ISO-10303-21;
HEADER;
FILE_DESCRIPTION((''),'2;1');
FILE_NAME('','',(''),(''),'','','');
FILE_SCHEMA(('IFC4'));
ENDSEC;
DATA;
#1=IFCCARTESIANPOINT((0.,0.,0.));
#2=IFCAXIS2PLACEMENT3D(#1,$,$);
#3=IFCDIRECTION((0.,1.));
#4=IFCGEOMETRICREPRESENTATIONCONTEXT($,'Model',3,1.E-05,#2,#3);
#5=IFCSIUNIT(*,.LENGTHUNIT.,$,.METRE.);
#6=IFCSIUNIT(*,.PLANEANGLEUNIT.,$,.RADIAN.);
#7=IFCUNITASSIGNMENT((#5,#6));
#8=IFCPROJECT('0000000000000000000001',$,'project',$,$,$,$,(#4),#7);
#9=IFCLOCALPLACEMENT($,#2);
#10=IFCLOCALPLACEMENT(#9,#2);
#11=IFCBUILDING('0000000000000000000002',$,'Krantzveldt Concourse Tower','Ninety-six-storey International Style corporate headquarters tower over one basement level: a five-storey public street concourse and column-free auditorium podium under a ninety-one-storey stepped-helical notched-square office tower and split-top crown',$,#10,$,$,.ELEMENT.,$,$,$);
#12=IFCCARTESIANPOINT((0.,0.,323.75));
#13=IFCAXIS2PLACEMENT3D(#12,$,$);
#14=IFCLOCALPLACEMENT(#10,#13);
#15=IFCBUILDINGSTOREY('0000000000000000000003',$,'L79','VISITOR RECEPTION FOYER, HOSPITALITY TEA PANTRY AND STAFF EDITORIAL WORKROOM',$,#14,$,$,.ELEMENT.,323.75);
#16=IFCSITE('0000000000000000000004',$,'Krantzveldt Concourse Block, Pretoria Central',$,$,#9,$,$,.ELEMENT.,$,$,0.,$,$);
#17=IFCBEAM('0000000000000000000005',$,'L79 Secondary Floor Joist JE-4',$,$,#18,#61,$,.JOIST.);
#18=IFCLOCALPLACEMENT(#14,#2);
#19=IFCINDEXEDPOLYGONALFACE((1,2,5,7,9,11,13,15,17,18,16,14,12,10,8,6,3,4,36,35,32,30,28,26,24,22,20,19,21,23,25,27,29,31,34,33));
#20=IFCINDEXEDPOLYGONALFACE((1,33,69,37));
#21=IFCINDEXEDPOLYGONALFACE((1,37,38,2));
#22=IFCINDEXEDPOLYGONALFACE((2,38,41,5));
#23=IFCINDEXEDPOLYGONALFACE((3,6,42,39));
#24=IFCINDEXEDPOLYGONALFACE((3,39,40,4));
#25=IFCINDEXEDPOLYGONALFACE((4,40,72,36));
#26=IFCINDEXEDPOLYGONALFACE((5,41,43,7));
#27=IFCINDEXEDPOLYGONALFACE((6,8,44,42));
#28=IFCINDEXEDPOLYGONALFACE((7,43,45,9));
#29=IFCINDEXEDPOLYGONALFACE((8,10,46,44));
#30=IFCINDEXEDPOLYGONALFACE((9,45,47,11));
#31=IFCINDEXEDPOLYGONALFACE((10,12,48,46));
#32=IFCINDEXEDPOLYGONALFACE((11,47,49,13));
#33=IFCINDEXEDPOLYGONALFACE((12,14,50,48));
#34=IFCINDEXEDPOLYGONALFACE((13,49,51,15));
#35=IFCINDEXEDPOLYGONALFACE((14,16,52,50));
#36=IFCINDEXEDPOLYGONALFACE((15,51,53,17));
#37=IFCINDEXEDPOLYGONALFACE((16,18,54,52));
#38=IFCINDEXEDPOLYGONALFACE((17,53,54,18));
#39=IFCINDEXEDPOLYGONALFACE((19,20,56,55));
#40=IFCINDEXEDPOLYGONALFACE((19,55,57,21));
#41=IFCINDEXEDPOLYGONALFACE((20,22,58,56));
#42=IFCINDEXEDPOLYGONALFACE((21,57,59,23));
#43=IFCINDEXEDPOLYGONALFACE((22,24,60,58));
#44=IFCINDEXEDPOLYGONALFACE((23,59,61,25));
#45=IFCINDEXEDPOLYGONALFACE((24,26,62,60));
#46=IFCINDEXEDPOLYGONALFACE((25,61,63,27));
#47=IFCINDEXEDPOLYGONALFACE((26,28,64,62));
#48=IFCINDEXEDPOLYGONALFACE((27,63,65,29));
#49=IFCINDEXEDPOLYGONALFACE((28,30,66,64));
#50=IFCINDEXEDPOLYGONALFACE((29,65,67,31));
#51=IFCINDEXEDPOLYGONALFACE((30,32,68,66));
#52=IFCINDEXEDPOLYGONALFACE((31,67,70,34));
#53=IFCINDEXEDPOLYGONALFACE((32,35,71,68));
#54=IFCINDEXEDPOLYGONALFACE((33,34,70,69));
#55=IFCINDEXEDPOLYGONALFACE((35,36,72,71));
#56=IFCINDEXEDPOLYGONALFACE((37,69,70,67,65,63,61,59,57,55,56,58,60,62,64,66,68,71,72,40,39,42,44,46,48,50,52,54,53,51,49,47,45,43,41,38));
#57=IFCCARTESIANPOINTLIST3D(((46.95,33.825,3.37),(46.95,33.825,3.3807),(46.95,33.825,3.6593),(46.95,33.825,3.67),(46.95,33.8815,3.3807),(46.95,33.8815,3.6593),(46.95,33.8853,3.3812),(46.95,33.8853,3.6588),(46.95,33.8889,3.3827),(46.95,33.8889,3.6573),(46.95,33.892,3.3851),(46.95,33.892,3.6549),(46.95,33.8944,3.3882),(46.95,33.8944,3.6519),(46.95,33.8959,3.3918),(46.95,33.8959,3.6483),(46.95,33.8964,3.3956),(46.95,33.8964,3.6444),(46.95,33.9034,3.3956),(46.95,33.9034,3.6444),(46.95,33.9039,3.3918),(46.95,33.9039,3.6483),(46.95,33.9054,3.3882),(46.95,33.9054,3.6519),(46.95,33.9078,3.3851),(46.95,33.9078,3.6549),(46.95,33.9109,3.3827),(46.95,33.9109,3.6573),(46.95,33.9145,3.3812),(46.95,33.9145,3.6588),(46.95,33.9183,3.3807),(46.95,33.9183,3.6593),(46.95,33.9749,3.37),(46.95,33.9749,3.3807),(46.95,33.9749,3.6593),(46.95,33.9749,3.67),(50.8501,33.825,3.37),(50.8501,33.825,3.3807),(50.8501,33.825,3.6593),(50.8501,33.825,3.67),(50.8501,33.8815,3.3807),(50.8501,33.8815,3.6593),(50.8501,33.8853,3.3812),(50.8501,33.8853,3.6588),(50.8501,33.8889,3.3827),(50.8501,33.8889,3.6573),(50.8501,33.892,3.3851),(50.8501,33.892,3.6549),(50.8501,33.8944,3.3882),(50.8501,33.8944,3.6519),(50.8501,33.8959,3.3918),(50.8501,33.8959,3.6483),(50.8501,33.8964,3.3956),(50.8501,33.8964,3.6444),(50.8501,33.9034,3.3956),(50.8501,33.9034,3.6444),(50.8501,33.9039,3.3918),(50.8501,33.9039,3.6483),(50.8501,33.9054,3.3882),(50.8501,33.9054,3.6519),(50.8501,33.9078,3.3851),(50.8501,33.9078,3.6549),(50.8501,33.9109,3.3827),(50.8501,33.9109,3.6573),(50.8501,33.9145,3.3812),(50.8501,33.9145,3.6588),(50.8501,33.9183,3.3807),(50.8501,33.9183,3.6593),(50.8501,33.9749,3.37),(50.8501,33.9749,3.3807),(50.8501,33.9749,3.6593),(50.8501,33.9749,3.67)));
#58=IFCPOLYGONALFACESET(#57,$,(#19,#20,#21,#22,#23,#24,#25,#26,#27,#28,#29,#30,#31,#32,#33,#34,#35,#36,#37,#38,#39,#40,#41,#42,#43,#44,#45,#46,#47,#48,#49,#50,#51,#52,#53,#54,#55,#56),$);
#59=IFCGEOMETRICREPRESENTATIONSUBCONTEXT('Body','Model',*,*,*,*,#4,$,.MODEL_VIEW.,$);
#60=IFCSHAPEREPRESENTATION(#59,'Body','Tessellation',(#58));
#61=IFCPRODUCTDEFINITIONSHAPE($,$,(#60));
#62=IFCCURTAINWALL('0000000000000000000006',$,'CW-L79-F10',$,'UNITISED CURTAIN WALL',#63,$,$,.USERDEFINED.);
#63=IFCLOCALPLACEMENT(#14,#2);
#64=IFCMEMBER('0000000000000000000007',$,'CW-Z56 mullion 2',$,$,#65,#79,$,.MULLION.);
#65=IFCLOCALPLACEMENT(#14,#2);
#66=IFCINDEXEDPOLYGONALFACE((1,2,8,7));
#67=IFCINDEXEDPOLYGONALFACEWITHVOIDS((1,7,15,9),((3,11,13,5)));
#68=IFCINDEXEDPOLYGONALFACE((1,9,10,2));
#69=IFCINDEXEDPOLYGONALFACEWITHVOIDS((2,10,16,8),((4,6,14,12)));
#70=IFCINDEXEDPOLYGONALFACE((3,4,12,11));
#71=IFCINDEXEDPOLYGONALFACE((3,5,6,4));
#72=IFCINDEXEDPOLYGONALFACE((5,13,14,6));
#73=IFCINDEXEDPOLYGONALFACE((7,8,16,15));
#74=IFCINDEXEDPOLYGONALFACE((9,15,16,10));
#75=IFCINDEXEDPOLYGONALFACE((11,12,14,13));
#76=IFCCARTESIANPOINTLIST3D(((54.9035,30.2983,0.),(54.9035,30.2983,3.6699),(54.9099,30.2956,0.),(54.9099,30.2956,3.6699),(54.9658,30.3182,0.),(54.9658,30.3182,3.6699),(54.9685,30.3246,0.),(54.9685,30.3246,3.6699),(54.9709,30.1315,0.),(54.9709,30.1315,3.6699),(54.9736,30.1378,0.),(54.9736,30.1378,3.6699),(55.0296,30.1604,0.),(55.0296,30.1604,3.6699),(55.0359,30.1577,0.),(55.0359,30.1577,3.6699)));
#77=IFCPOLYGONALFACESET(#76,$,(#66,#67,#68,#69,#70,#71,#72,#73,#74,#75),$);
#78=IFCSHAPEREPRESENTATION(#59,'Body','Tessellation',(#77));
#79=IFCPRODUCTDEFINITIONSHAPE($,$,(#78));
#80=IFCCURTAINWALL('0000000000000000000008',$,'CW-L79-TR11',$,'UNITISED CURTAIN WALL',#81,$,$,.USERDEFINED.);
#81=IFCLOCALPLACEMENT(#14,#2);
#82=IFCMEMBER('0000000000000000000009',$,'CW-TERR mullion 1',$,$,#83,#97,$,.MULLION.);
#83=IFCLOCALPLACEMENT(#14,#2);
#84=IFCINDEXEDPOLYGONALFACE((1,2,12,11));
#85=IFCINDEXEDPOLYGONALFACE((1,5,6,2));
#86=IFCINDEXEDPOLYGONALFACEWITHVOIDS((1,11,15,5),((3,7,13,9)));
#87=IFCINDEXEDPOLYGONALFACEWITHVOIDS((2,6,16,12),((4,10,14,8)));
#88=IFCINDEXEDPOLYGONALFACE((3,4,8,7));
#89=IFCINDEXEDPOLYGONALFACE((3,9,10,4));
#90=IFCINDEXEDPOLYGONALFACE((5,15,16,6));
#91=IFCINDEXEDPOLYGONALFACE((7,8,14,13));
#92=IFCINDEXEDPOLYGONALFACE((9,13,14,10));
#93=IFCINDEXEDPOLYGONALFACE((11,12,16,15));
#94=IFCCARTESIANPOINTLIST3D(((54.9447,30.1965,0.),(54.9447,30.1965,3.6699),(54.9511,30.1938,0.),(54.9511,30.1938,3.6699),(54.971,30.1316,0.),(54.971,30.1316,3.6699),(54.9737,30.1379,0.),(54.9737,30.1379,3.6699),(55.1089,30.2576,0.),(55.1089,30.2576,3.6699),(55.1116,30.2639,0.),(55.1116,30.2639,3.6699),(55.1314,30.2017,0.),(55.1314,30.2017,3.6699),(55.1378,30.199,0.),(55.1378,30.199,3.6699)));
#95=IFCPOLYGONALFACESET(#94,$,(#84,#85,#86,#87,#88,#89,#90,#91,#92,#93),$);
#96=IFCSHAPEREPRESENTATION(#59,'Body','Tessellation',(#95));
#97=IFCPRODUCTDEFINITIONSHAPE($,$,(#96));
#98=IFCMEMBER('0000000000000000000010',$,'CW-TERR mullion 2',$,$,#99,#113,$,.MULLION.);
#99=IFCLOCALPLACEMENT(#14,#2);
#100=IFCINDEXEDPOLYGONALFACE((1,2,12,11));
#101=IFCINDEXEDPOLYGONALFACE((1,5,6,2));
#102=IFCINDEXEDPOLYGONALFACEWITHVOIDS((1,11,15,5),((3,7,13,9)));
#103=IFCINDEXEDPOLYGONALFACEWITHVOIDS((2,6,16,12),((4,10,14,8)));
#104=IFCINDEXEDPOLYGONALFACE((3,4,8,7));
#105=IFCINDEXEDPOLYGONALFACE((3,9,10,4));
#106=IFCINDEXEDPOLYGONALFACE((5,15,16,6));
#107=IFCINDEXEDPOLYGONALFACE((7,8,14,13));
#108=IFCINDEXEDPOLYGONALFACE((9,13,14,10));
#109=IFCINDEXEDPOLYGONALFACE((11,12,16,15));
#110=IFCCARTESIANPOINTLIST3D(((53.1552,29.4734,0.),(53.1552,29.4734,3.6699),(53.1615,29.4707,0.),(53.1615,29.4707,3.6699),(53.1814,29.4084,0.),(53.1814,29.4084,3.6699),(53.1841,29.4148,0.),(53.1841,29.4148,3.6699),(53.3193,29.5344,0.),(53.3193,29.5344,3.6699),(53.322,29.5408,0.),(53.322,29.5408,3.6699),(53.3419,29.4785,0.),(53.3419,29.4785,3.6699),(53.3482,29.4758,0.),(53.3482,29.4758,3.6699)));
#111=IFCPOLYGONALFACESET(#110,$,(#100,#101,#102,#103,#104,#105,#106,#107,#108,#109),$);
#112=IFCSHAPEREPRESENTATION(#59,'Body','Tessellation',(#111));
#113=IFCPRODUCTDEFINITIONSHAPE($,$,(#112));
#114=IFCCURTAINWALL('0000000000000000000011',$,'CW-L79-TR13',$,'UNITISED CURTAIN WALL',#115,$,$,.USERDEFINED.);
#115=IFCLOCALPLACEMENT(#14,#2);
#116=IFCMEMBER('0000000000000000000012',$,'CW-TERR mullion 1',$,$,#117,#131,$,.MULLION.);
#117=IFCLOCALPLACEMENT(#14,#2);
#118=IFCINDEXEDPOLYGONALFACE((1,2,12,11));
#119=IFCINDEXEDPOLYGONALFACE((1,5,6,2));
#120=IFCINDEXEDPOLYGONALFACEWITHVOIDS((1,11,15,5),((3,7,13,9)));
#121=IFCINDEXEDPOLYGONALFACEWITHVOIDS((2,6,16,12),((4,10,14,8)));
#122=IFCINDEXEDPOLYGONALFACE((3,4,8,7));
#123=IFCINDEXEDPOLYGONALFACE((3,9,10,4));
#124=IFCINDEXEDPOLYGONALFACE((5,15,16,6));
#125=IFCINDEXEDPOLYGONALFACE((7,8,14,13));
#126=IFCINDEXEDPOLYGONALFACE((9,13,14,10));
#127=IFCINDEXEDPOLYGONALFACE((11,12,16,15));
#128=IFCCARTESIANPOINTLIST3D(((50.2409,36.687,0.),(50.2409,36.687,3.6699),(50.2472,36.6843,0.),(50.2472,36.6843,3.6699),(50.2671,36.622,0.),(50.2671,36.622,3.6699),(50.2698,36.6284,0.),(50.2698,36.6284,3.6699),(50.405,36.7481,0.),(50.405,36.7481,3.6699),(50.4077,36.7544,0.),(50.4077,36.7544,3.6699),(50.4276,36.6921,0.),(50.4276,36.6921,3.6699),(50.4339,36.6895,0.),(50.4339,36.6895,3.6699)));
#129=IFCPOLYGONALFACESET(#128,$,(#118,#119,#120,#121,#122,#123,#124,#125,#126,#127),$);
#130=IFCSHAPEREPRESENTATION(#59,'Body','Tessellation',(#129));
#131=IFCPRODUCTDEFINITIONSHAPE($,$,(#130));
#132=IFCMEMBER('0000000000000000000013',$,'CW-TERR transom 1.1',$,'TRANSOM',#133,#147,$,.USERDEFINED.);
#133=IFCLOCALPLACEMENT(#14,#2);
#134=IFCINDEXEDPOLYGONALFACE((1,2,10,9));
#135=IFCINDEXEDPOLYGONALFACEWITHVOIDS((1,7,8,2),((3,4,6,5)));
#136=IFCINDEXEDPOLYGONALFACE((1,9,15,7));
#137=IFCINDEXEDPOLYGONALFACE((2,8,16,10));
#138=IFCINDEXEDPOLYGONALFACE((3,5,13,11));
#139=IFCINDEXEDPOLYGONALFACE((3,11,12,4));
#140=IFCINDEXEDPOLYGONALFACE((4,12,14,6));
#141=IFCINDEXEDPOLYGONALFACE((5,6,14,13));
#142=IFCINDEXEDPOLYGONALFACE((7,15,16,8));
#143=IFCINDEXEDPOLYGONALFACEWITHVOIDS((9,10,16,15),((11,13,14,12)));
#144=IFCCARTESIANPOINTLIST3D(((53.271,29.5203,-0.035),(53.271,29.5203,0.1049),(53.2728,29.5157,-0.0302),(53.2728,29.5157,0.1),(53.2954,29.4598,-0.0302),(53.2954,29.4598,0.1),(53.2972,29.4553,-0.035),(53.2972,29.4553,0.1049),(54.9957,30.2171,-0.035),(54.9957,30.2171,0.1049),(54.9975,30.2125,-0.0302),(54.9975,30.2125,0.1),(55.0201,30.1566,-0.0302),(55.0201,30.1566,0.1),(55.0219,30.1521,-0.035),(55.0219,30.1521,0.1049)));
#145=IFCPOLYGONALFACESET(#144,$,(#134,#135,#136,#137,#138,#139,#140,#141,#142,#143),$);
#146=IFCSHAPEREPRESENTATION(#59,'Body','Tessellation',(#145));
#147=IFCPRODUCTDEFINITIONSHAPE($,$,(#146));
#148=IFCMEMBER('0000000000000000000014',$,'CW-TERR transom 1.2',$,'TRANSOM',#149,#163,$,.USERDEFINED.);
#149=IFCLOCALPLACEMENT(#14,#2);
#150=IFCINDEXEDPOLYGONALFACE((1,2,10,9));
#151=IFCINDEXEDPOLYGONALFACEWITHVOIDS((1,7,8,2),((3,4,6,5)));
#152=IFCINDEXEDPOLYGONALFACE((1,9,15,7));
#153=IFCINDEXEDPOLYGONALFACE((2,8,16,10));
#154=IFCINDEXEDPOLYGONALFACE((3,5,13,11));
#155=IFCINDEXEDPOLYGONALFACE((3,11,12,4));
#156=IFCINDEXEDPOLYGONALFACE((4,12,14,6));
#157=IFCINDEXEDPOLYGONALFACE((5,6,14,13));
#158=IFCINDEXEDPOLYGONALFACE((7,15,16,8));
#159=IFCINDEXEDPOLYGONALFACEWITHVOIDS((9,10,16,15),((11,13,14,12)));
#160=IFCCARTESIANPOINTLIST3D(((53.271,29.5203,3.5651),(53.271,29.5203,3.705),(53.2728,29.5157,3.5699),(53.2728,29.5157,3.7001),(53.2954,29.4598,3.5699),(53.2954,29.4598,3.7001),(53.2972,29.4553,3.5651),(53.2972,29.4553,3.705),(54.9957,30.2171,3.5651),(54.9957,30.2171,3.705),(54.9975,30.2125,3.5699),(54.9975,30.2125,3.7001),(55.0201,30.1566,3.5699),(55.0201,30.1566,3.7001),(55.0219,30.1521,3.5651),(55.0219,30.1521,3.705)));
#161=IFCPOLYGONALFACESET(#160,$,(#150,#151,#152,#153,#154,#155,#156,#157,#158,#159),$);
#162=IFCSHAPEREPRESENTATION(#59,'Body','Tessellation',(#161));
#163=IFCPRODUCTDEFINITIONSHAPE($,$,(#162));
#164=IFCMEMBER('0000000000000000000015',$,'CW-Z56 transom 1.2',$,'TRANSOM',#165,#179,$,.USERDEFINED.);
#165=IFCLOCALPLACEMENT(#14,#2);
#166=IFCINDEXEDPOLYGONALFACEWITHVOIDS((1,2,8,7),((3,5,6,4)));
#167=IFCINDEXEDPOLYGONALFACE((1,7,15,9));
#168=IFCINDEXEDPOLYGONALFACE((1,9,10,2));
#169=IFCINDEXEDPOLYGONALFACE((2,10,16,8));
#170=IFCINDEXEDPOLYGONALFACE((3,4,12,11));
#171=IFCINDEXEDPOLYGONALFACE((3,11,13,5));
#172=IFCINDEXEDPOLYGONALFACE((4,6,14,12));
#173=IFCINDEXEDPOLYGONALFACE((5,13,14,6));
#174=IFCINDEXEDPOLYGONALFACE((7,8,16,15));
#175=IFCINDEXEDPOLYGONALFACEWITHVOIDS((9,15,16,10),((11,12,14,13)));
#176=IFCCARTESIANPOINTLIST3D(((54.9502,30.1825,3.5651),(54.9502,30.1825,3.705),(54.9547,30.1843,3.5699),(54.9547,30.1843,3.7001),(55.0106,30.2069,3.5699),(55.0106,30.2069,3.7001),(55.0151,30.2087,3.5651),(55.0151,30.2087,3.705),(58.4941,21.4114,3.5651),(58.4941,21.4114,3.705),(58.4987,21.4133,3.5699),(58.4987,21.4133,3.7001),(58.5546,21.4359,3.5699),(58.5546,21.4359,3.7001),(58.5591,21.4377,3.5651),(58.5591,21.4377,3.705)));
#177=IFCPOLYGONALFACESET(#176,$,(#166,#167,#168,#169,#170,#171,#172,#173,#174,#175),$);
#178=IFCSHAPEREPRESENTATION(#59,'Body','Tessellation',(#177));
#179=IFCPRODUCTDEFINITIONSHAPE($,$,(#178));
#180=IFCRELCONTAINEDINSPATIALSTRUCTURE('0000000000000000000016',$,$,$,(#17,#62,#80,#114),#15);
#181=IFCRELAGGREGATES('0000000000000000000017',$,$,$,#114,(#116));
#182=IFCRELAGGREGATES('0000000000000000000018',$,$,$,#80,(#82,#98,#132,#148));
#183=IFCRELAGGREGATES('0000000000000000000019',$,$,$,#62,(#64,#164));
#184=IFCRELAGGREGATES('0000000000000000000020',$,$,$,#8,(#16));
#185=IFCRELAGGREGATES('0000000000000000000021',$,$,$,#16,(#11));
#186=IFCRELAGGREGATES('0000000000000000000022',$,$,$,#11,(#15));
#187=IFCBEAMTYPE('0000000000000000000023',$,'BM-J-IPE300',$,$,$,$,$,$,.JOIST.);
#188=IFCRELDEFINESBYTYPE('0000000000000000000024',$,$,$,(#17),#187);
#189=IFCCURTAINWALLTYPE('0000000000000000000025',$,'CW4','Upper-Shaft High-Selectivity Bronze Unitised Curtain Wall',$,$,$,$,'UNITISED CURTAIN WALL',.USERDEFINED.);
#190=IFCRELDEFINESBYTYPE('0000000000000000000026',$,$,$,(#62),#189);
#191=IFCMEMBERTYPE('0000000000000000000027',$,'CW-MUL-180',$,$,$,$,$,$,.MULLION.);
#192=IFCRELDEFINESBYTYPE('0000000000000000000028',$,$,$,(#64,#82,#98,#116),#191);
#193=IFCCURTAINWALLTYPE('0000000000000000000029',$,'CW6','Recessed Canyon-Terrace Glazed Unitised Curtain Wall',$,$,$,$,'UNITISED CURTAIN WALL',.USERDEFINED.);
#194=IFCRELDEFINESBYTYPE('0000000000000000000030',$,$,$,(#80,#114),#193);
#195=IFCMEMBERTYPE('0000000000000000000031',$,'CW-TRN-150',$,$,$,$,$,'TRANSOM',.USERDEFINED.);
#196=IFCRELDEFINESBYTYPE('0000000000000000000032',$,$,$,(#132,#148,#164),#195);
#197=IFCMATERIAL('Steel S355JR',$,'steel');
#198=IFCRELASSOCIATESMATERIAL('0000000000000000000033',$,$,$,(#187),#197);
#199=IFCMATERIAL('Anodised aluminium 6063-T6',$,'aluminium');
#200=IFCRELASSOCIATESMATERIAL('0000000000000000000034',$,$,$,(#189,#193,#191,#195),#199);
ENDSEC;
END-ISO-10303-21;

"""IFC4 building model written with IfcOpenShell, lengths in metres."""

from ifc_helpers import new_model, si_unit, direction, frame, origin, origin_2d, place, context, subcontext, project, spatial, hollow_rectangle, i_section, extrude, source, transform, mapped, material, material_profile, profile_set, type_object, type_shapes, element, aggregate, save


model = new_model("IFC4")

# Units and contexts
model_context = context("Model", 3, precision=1e-05, world=origin(), true_north=direction((0.0, 1.0)))
body_context = subcontext(model_context, "Body", "Model", "MODEL_VIEW")
ifc_project = project(units=[si_unit("LENGTHUNIT", "METRE"), si_unit("PLANEANGLEUNIT", "RADIAN")], contexts=[model_context])

# Site, building, storey
site_placement = place(None, origin())
site = spatial("IfcSite", under=ifc_project, at=site_placement, Name="Krantzveldt Concourse Block, Pretoria Central", CompositionType="ELEMENT", RefElevation=0.0)
building_placement = place(site_placement, origin())
building = spatial("IfcBuilding", under=site, at=building_placement, Name="Krantzveldt Concourse Tower", Description="Ninety-six-storey International Style corporate headquarters tower over one basement level: a five-storey public street concourse and column-free auditorium podium under a ninety-one-storey stepped-helical notched-square office tower and split-top crown", CompositionType="ELEMENT")
storey_placement = place(building_placement, frame((0.0, 0.0, 323.75)))
storey = spatial("IfcBuildingStorey", under=building, at=storey_placement, Name="L79", Description="VISITOR RECEPTION FOYER, HOSPITALITY TEA PANTRY AND STAFF EDITORIAL WORKROOM", CompositionType="ELEMENT", Elevation=323.75)

# Beam
ifc_material_1 = material(Name="Steel S355JR", Category="steel")
ifc_material_profile_1 = material_profile(ifc_material_1, i_section(OverallWidth=0.1499, OverallDepth=0.3, WebThickness=0.0071, FlangeThickness=0.0107, FilletRadius=0.0149, at=origin_2d()), Name="Steel S355JR", Category="steel")
ifc_profile_set_1 = profile_set([ifc_material_profile_1], Name="Steel S355JR - IPE 300")
beam_type_1 = type_object("IfcBeamType", Name="BM-J-IPE300", PredefinedType="JOIST", material=ifc_profile_set_1)
shared_shape_1 = source(origin(), body_context, "Body", "SweptSolid", [
    extrude(i_section(OverallWidth=0.1499, OverallDepth=0.3, WebThickness=0.0071, FlangeThickness=0.0107, FilletRadius=0.0149, at=origin_2d()), origin(), (0.0, 0.0, 1.0), 3.9001),
])
type_shapes(beam_type_1, [shared_shape_1])
for number, where, z_axis, x_axis, name in (
    (1, (46.95, 33.8999, 3.52), (1.0, 0.0, 0.0), (0.0, 1.0, 0.0), "L79 Secondary Floor Joist JE-4"),
):
    element("IfcBeam", number, at=place(storey_placement, frame(where, z_axis=z_axis, x_axis=x_axis)), inside=storey, type_object=beam_type_1, Name=name, PredefinedType="JOIST", context=body_context, shape_type="MappedRepresentation", body=[
        mapped(shared_shape_1, transform((0.0, 0.0, 0.0), x_axis=(1.0, 0.0, 0.0), y_axis=(0.0, 1.0, 0.0), z_axis=(0.0, 0.0, 1.0), scale=1.0)),
    ])

# Curtain wall, member
ifc_material_2 = material(Name="Anodised aluminium 6063-T6", Category="aluminium")
curtain_wall_type_1 = type_object("IfcCurtainWallType", Name="CW4", Description="Upper-Shaft High-Selectivity Bronze Unitised Curtain Wall", ElementType="UNITISED CURTAIN WALL", PredefinedType="USERDEFINED", material=ifc_material_2)
curtain_wall_1_placement = place(storey_placement, origin())
curtain_wall_1 = element("IfcCurtainWall", 2, at=curtain_wall_1_placement, inside=storey, type_object=curtain_wall_type_1, Name="CW-L79-F10", ObjectType="UNITISED CURTAIN WALL", PredefinedType="USERDEFINED")
ifc_material_profile_2 = material_profile(ifc_material_2, hollow_rectangle(XDim=0.0701, YDim=0.1799, WallThickness=0.0049, at=origin_2d()), Name="Anodised aluminium 6063-T6", Category="aluminium")
ifc_profile_set_2 = profile_set([ifc_material_profile_2], Name="Anodised aluminium 6063-T6 - ALU-MULL 180x70x5")
member_type_1 = type_object("IfcMemberType", Name="CW-MUL-180", PredefinedType="MULLION", material=ifc_profile_set_2)
shared_shape_2 = source(origin(), body_context, "Body", "SweptSolid", [
    extrude(hollow_rectangle(XDim=0.0701, YDim=0.1799, WallThickness=0.0049, at=origin_2d()), origin(), (0.0, 0.0, 1.0), 3.6699),
])
type_shapes(member_type_1, [shared_shape_2])
member_1_placement = place(storey_placement, frame((54.9697, 30.228, 0.0), z_axis=(0.0, 0.0, 1.0), x_axis=(-0.927184, -0.374606, 0.0)))
member_1 = element("IfcMember", 3, at=member_1_placement, type_object=member_type_1, Name="CW-Z56 mullion 2", PredefinedType="MULLION", context=body_context, shape_type="MappedRepresentation", body=[
    mapped(shared_shape_2, transform((0.0, 0.0, 0.0), x_axis=(1.0, 0.0, 0.0), y_axis=(0.0, 1.0, 0.0), z_axis=(0.0, 0.0, 1.0), scale=1.0)),
])

# Curtain wall, members
curtain_wall_type_2 = type_object("IfcCurtainWallType", Name="CW6", Description="Recessed Canyon-Terrace Glazed Unitised Curtain Wall", ElementType="UNITISED CURTAIN WALL", PredefinedType="USERDEFINED", material=ifc_material_2)
curtain_wall_2_placement = place(storey_placement, origin())
curtain_wall_2 = element("IfcCurtainWall", 4, at=curtain_wall_2_placement, inside=storey, type_object=curtain_wall_type_2, Name="CW-L79-TR11", ObjectType="UNITISED CURTAIN WALL", PredefinedType="USERDEFINED")
member_2_placement = place(storey_placement, frame((55.0413, 30.1978, 0.0), z_axis=(0.0, 0.0, 1.0), x_axis=(0.374609, -0.927183, 0.0)))
member_2 = element("IfcMember", 5, at=member_2_placement, type_object=member_type_1, Name="CW-TERR mullion 1", PredefinedType="MULLION", context=body_context, shape_type="MappedRepresentation", body=[
    mapped(shared_shape_2, transform((0.0, 0.0, 0.0), x_axis=(1.0, 0.0, 0.0), y_axis=(0.0, 1.0, 0.0), z_axis=(0.0, 0.0, 1.0), scale=1.0)),
])
member_3_placement = place(storey_placement, frame((53.2517, 29.4746, 0.0), z_axis=(0.0, 0.0, 1.0), x_axis=(0.374609, -0.927183, 0.0)))
member_3 = element("IfcMember", 6, at=member_3_placement, type_object=member_type_1, Name="CW-TERR mullion 2", PredefinedType="MULLION", context=body_context, shape_type="MappedRepresentation", body=[
    mapped(shared_shape_2, transform((0.0, 0.0, 0.0), x_axis=(1.0, 0.0, 0.0), y_axis=(0.0, 1.0, 0.0), z_axis=(0.0, 0.0, 1.0), scale=1.0)),
])

# Curtain wall, member
curtain_wall_3_placement = place(storey_placement, origin())
curtain_wall_3 = element("IfcCurtainWall", 7, at=curtain_wall_3_placement, inside=storey, type_object=curtain_wall_type_2, Name="CW-L79-TR13", ObjectType="UNITISED CURTAIN WALL", PredefinedType="USERDEFINED")
member_4_placement = place(storey_placement, frame((50.3374, 36.6882, 0.0), z_axis=(0.0, 0.0, 1.0), x_axis=(-0.374605, 0.927185, 0.0)))
member_4 = element("IfcMember", 8, at=member_4_placement, type_object=member_type_1, Name="CW-TERR mullion 1", PredefinedType="MULLION", context=body_context, shape_type="MappedRepresentation", body=[
    mapped(shared_shape_2, transform((0.0, 0.0, 0.0), x_axis=(1.0, 0.0, 0.0), y_axis=(0.0, 1.0, 0.0), z_axis=(0.0, 0.0, 1.0), scale=1.0)),
])
aggregate(curtain_wall_3, [member_4])

# Members
ifc_material_profile_3 = material_profile(ifc_material_2, hollow_rectangle(XDim=0.0701, YDim=0.1399, WallThickness=0.0049, at=origin_2d()), Name="Anodised aluminium 6063-T6", Category="aluminium")
ifc_profile_set_3 = profile_set([ifc_material_profile_3], Name="Anodised aluminium 6063-T6 - ALU-TRAN 140x70x5")
member_type_2 = type_object("IfcMemberType", Name="CW-TRN-150", ElementType="TRANSOM", PredefinedType="USERDEFINED", material=ifc_profile_set_3)
shared_shape_3 = source(origin(), body_context, "Body", "SweptSolid", [
    extrude(hollow_rectangle(XDim=0.0701, YDim=0.1399, WallThickness=0.0049, at=origin_2d()), origin(), (0.0, 0.0, 1.0), 1.8601),
])
member_5_placement = place(storey_placement, frame((55.0088, 30.1846, 0.0349), z_axis=(-0.927186, -0.374602, 0.0), x_axis=(0.374602, -0.927186, 0.0)))
member_5 = element("IfcMember", 9, at=member_5_placement, type_object=member_type_2, Name="CW-TERR transom 1.1", ObjectType="TRANSOM", PredefinedType="USERDEFINED", context=body_context, shape_type="MappedRepresentation", body=[
    mapped(shared_shape_3, transform((0.0, 0.0, 0.0), x_axis=(1.0, 0.0, 0.0), y_axis=(0.0, 1.0, 0.0), z_axis=(0.0, 0.0, 1.0), scale=1.0)),
])
member_6_placement = place(storey_placement, frame((55.0088, 30.1846, 3.635), z_axis=(-0.927186, -0.374602, 0.0), x_axis=(0.374602, -0.927186, 0.0)))
member_6 = element("IfcMember", 10, at=member_6_placement, type_object=member_type_2, Name="CW-TERR transom 1.2", ObjectType="TRANSOM", PredefinedType="USERDEFINED", context=body_context, shape_type="MappedRepresentation", body=[
    mapped(shared_shape_3, transform((0.0, 0.0, 0.0), x_axis=(1.0, 0.0, 0.0), y_axis=(0.0, 1.0, 0.0), z_axis=(0.0, 0.0, 1.0), scale=1.0)),
])
shared_shape_4 = source(origin(), body_context, "Body", "SweptSolid", [
    extrude(hollow_rectangle(XDim=0.0701, YDim=0.1399, WallThickness=0.0049, at=origin_2d()), origin(), (0.0, 0.0, 1.0), 9.46),
])
type_shapes(member_type_2, [shared_shape_3, shared_shape_4])
member_7_placement = place(storey_placement, frame((58.5266, 21.4246, 3.635), z_axis=(-0.374628, 0.927175, 0.0), x_axis=(-0.927175, -0.374628, 0.0)))
member_7 = element("IfcMember", 11, at=member_7_placement, type_object=member_type_2, Name="CW-Z56 transom 1.2", ObjectType="TRANSOM", PredefinedType="USERDEFINED", context=body_context, shape_type="MappedRepresentation", body=[
    mapped(shared_shape_4, transform((0.0, 0.0, 0.0), x_axis=(1.0, 0.0, 0.0), y_axis=(0.0, 1.0, 0.0), z_axis=(0.0, 0.0, 1.0), scale=1.0)),
])

aggregate(curtain_wall_2, [member_2, member_3, member_5, member_6])
aggregate(curtain_wall_1, [member_1, member_7])

save(model, "model.ifc")
